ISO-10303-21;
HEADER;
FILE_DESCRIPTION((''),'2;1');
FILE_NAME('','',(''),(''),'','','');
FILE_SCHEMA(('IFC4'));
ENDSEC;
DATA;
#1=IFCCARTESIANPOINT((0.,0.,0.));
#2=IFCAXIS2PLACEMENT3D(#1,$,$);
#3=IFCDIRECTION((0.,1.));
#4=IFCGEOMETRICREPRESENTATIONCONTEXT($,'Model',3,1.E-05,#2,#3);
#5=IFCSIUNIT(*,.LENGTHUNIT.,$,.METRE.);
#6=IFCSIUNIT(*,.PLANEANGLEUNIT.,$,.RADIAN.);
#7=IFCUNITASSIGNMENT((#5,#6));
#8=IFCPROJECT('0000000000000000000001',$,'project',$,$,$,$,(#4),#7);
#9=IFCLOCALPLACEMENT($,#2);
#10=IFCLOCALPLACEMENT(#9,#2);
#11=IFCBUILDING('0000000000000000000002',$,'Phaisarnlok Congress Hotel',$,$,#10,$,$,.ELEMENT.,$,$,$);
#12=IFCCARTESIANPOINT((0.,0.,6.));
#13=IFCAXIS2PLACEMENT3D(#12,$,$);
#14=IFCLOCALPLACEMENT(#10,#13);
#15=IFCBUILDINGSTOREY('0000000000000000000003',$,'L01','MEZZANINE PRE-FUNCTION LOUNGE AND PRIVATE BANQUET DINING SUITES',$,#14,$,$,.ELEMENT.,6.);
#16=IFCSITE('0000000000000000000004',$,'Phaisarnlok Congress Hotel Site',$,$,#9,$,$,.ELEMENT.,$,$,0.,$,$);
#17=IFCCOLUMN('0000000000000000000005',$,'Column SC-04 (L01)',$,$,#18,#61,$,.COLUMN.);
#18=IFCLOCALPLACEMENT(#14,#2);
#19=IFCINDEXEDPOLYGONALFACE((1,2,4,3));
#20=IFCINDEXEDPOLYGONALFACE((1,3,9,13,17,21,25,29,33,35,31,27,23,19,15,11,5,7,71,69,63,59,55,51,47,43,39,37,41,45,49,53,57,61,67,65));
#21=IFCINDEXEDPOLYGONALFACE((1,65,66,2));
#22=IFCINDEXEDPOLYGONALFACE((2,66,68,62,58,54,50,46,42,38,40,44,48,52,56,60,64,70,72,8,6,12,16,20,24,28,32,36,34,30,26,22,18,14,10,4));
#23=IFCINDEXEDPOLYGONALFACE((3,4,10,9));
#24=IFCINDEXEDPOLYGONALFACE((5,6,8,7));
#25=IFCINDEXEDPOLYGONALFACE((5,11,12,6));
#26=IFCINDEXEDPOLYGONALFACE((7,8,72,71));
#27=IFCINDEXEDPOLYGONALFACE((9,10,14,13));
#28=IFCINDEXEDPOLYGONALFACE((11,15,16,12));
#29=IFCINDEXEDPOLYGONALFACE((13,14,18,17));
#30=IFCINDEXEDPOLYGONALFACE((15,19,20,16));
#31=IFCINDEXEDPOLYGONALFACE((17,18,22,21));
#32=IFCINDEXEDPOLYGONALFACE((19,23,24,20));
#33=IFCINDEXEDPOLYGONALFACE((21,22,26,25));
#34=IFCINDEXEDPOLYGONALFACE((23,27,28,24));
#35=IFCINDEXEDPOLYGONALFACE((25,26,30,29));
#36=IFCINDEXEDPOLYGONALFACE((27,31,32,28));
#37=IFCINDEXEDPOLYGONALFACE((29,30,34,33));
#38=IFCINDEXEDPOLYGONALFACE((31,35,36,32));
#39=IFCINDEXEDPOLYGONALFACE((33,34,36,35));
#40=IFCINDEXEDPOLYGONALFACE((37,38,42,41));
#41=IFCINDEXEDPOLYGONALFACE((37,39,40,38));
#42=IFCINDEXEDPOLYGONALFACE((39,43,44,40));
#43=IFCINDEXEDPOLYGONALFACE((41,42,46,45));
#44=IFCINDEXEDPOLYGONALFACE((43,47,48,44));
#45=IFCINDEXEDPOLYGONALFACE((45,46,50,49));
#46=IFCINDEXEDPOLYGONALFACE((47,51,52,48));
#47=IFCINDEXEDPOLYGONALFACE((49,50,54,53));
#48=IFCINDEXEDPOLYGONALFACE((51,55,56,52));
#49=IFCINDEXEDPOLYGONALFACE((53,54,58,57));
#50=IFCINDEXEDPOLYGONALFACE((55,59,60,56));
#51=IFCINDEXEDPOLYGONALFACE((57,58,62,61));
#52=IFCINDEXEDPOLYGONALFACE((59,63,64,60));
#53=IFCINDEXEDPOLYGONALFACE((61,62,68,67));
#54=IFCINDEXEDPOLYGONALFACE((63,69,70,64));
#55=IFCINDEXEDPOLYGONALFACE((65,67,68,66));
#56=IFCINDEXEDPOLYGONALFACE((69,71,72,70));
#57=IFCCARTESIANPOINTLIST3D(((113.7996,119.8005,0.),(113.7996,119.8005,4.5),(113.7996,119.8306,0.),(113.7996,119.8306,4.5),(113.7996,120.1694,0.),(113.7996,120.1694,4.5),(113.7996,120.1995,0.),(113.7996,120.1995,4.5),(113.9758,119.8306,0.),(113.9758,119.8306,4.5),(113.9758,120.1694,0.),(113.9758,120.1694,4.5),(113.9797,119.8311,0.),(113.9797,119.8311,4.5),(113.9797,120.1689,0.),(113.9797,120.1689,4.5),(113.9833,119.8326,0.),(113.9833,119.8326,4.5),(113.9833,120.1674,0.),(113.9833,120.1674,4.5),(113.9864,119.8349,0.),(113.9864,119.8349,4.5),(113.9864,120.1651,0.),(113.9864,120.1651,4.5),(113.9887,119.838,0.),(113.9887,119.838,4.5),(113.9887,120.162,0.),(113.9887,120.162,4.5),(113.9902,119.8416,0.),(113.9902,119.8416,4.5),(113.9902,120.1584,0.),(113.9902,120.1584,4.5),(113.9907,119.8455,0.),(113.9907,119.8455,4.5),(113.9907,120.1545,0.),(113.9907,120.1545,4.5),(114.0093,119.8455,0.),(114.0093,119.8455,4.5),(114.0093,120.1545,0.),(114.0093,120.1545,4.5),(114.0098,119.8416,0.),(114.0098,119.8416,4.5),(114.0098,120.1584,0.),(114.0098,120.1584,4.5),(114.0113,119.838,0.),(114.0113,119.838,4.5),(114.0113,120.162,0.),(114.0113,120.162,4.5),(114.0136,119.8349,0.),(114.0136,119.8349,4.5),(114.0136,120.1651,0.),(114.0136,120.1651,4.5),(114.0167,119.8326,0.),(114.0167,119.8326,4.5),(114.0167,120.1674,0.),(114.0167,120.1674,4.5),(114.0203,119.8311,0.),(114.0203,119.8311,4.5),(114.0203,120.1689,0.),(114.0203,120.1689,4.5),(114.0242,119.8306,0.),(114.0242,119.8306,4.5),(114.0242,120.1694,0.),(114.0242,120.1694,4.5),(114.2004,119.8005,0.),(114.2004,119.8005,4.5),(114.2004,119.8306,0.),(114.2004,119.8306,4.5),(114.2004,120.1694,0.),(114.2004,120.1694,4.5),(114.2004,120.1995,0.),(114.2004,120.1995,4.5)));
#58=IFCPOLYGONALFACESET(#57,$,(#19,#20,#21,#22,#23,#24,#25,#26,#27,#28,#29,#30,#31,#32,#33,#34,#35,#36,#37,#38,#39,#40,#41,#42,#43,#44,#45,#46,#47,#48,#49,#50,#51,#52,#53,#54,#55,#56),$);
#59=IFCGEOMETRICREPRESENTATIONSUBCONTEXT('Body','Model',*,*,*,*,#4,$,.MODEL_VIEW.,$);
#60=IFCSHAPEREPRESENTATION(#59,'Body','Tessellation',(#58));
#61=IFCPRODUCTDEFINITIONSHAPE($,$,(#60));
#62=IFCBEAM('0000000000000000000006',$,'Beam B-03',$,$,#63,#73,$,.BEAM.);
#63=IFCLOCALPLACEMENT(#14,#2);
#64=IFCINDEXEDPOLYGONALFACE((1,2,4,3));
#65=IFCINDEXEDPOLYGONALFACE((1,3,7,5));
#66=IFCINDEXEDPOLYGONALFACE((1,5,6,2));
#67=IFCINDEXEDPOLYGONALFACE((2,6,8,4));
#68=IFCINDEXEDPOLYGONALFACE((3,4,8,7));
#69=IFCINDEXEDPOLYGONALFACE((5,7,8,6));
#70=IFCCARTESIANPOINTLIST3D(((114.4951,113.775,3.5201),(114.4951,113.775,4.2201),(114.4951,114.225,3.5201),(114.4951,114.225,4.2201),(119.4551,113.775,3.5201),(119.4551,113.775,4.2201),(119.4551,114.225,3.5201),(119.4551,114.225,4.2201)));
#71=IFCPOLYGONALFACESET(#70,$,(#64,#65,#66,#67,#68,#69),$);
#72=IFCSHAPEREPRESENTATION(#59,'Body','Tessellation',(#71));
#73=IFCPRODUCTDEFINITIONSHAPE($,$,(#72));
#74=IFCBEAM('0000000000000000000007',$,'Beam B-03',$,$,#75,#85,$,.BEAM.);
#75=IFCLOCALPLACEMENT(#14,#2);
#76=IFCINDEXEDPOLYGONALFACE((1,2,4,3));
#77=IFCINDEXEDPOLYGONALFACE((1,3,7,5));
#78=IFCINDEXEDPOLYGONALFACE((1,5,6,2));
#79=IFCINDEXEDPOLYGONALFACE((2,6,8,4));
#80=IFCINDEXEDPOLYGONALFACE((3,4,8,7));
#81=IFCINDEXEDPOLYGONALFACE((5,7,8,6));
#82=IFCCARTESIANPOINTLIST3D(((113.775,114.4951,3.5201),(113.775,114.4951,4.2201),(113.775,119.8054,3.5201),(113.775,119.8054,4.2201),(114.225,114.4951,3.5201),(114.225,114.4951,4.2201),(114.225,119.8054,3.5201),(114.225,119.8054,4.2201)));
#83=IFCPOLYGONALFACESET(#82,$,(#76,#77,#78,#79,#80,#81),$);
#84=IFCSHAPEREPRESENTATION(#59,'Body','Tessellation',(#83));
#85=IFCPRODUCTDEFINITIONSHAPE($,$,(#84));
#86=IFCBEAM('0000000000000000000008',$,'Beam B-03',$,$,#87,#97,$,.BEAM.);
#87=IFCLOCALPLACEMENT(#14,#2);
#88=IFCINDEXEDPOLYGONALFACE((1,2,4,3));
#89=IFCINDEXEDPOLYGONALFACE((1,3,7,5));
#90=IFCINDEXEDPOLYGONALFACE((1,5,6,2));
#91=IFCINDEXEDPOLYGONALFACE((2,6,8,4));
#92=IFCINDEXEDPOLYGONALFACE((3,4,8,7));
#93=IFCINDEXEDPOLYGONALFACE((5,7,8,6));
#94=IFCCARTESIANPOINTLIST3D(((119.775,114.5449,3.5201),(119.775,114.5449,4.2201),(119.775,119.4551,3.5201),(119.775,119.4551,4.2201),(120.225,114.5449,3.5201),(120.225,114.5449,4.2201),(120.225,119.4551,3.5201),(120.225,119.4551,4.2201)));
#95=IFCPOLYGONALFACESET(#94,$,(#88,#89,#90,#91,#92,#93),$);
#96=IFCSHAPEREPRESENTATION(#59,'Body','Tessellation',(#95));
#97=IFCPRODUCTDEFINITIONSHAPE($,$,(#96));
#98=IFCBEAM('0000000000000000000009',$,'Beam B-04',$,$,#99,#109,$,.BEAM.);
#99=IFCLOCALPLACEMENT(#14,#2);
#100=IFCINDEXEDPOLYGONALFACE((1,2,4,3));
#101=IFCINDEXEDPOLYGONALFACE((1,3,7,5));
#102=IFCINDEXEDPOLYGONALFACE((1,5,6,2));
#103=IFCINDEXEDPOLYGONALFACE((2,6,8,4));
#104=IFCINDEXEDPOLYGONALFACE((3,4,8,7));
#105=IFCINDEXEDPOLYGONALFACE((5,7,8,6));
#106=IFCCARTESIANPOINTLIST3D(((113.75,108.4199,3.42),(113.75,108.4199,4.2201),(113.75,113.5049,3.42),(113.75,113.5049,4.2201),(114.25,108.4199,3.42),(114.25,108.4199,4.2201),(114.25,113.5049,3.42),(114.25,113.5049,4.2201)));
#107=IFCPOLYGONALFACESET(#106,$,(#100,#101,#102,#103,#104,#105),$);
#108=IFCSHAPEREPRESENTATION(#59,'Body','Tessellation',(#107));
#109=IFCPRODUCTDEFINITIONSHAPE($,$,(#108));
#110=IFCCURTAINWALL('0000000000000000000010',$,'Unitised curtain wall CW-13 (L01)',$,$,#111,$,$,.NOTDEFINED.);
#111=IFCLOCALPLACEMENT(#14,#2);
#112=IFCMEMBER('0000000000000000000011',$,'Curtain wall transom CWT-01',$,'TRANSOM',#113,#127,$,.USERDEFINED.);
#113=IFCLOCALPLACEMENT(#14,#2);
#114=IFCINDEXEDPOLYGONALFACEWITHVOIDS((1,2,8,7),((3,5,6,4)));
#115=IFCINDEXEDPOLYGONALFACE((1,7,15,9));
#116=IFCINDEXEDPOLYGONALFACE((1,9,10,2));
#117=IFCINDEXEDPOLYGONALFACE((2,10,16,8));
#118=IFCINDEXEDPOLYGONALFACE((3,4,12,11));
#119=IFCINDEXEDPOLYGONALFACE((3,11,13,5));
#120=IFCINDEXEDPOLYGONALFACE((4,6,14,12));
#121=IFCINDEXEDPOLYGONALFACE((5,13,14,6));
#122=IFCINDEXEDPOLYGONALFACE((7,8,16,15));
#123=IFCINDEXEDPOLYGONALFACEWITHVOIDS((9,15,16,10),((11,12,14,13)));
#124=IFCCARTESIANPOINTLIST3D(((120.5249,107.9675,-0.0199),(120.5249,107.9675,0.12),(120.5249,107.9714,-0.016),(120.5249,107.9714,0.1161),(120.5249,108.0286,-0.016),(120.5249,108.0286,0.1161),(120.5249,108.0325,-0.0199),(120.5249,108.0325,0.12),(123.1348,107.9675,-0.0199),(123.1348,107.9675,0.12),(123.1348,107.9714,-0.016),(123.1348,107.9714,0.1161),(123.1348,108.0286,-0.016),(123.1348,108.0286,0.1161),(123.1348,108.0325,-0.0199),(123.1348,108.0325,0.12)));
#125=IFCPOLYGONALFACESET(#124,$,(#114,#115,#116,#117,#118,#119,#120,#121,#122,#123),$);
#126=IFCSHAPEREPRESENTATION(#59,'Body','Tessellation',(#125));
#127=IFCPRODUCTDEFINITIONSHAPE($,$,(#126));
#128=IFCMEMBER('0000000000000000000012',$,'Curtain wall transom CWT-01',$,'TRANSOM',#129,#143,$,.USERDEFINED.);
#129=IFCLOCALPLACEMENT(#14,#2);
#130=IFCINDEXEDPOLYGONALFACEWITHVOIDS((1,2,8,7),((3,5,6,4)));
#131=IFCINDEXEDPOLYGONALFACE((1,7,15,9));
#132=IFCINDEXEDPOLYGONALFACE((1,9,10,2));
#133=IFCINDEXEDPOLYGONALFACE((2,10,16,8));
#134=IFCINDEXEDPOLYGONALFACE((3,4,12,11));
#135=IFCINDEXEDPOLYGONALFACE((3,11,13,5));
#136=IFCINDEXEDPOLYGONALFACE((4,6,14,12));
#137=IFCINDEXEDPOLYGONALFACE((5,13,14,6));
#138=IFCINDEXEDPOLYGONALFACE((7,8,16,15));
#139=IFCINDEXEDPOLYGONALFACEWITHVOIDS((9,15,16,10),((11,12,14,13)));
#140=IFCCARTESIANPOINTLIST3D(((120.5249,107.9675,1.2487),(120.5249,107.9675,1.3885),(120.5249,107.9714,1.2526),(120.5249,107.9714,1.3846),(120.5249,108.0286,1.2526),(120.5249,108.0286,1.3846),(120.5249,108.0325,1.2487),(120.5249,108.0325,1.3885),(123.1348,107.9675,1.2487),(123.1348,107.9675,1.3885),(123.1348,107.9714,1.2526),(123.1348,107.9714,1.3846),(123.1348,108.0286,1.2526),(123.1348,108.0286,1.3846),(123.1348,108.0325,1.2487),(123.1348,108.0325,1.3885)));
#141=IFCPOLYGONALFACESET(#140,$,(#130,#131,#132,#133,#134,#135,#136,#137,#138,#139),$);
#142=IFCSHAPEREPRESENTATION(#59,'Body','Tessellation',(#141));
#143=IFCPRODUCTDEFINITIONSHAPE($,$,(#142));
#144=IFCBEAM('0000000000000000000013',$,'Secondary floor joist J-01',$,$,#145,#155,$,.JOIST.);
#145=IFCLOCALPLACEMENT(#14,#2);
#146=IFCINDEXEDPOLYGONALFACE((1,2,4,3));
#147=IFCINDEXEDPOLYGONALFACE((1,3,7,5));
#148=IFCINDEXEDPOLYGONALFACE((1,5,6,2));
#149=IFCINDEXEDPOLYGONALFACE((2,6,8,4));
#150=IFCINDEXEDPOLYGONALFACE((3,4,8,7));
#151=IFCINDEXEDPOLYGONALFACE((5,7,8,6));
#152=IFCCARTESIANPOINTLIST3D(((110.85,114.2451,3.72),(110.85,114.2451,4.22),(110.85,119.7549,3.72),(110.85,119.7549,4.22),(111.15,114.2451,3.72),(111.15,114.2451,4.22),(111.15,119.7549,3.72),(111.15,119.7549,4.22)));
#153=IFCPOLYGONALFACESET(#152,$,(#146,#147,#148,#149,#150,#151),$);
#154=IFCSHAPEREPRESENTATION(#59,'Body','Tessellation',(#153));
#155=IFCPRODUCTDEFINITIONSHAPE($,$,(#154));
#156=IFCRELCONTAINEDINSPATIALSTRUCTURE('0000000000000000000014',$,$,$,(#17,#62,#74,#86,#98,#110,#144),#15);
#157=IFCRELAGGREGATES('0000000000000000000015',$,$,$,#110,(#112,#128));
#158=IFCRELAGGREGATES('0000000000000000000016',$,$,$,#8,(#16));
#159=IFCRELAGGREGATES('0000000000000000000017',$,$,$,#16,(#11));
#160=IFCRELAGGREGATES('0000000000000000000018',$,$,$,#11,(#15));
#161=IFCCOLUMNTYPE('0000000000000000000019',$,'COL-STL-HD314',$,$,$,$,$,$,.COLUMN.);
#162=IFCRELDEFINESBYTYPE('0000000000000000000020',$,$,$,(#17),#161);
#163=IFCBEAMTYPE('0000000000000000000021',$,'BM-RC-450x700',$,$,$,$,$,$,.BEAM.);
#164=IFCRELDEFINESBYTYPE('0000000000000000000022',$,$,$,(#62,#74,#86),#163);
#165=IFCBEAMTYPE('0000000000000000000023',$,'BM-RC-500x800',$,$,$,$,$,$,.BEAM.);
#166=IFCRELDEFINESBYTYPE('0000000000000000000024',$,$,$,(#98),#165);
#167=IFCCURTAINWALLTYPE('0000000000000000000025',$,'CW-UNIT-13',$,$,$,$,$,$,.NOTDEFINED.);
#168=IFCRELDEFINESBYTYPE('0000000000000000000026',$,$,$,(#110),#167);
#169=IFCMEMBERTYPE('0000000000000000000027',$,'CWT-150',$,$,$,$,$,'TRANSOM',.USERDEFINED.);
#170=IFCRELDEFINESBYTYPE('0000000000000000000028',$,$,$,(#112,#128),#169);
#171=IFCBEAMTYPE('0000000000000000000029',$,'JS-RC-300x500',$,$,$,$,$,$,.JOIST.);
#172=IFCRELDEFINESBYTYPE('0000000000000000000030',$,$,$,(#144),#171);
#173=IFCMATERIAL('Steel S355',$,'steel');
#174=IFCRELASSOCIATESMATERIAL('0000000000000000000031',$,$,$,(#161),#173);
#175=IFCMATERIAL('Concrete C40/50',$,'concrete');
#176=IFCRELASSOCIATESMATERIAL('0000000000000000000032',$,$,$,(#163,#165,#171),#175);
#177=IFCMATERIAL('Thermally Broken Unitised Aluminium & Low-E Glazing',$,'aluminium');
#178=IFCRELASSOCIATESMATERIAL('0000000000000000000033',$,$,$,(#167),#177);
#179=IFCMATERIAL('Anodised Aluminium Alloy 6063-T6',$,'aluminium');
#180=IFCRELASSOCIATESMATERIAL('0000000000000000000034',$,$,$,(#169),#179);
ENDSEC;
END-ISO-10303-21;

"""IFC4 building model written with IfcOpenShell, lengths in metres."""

from ifc_helpers import new_model, si_unit, direction, frame, origin, origin_2d, place, context, subcontext, project, spatial, rectangle, hollow_rectangle, i_section, extrude, material, material_profile, profile_set, type_object, element, aggregate, save


model = new_model("IFC4")

# Units and contexts
model_context = context("Model", 3, precision=1e-05, world=origin(), true_north=direction((0.0, 1.0)))
body_context = subcontext(model_context, "Body", "Model", "MODEL_VIEW")
ifc_project = project(units=[si_unit("LENGTHUNIT", "METRE"), si_unit("PLANEANGLEUNIT", "RADIAN")], contexts=[model_context])

# Site, building, storey
site_placement = place(None, origin())
site = spatial("IfcSite", under=ifc_project, at=site_placement, Name="Phaisarnlok Congress Hotel Site", CompositionType="ELEMENT", RefElevation=0.0)
building_placement = place(site_placement, origin())
building = spatial("IfcBuilding", under=site, at=building_placement, Name="Phaisarnlok Congress Hotel", CompositionType="ELEMENT")
storey_placement = place(building_placement, frame((0.0, 0.0, 6.0)))
storey = spatial("IfcBuildingStorey", under=building, at=storey_placement, Name="L01", Description="MEZZANINE PRE-FUNCTION LOUNGE AND PRIVATE BANQUET DINING SUITES", CompositionType="ELEMENT", Elevation=6.0)

# Column
ifc_material_1 = material(Name="Steel S355", Category="steel")
ifc_material_profile_1 = material_profile(ifc_material_1, i_section(OverallWidth=0.4009, OverallDepth=0.3989, WebThickness=0.0186, FlangeThickness=0.03, FilletRadius=0.0149, at=origin_2d()), Name="HD 400x314")
ifc_profile_set_1 = profile_set([ifc_material_profile_1], Name="Steel S355")
column_type_1 = type_object("IfcColumnType", Name="COL-STL-HD314", PredefinedType="COLUMN", material=ifc_profile_set_1)
column_1_placement = place(storey_placement, frame((114.0, 120.0, 0.0), z_axis=(0.0, 0.0, 1.0), x_axis=(1.0, 0.0, 0.0)))
element("IfcColumn", 1, at=column_1_placement, inside=storey, type_object=column_type_1, Name="Column SC-04 (L01)", PredefinedType="COLUMN", context=body_context, shape_type="SweptSolid", body=[
    extrude(i_section(OverallWidth=0.4009, OverallDepth=0.3989, WebThickness=0.0186, FlangeThickness=0.03, FilletRadius=0.0149, at=origin_2d()), origin(), (0.0, 0.0, 1.0), 4.5),
])

# Beams
ifc_material_2 = material(Name="Concrete C40/50", Category="concrete")
ifc_material_profile_2 = material_profile(ifc_material_2, rectangle(XDim=0.45, YDim=0.7, at=origin_2d()), Name="RC 450x700")
ifc_profile_set_2 = profile_set([ifc_material_profile_2], Name="Concrete C40/50")
beam_type_1 = type_object("IfcBeamType", Name="BM-RC-450x700", PredefinedType="BEAM", material=ifc_profile_set_2)
beam_1_placement = place(storey_placement, frame((114.4951, 114.0, 3.8701), z_axis=(1.0, 0.0, 0.0), x_axis=(0.0, 1.0, 0.0)))
element("IfcBeam", 2, at=beam_1_placement, inside=storey, type_object=beam_type_1, Name="Beam B-03", PredefinedType="BEAM", context=body_context, shape_type="SweptSolid", body=[
    extrude(rectangle(XDim=0.45, YDim=0.7, at=origin_2d()), origin(), (0.0, 0.0, 1.0), 4.96),
])
beam_2_placement = place(storey_placement, frame((114.0, 114.4951, 3.8701), z_axis=(0.0, 1.0, 0.0), x_axis=(-1.0, 0.0, 0.0)))
element("IfcBeam", 3, at=beam_2_placement, inside=storey, type_object=beam_type_1, Name="Beam B-03", PredefinedType="BEAM", context=body_context, shape_type="SweptSolid", body=[
    extrude(rectangle(XDim=0.45, YDim=0.7, at=origin_2d()), origin(), (0.0, 0.0, 1.0), 5.3103),
])
beam_3_placement = place(storey_placement, frame((120.0, 114.5449, 3.8701), z_axis=(0.0, 1.0, 0.0), x_axis=(-1.0, 0.0, 0.0)))
element("IfcBeam", 4, at=beam_3_placement, inside=storey, type_object=beam_type_1, Name="Beam B-03", PredefinedType="BEAM", context=body_context, shape_type="SweptSolid", body=[
    extrude(rectangle(XDim=0.45, YDim=0.7, at=origin_2d()), origin(), (0.0, 0.0, 1.0), 4.9102),
])
ifc_material_profile_3 = material_profile(ifc_material_2, rectangle(XDim=0.5, YDim=0.8, at=origin_2d()), Name="RC 500x800")
ifc_profile_set_3 = profile_set([ifc_material_profile_3], Name="Concrete C40/50")
beam_type_2 = type_object("IfcBeamType", Name="BM-RC-500x800", PredefinedType="BEAM", material=ifc_profile_set_3)
beam_4_placement = place(storey_placement, frame((114.0, 108.4199, 3.8201), z_axis=(0.0, 1.0, 0.0), x_axis=(-1.0, 0.0, 0.0)))
element("IfcBeam", 5, at=beam_4_placement, inside=storey, type_object=beam_type_2, Name="Beam B-04", PredefinedType="BEAM", context=body_context, shape_type="SweptSolid", body=[
    extrude(rectangle(XDim=0.5, YDim=0.8, at=origin_2d()), origin(), (0.0, 0.0, 1.0), 5.085),
])

# Curtain wall, members
ifc_material_3 = material(Name="Thermally Broken Unitised Aluminium & Low-E Glazing", Category="aluminium")
curtain_wall_type = type_object("IfcCurtainWallType", Name="CW-UNIT-13", PredefinedType="NOTDEFINED", material=ifc_material_3)
curtain_wall_placement = place(storey_placement, origin())
curtain_wall = element("IfcCurtainWall", 6, at=curtain_wall_placement, inside=storey, type_object=curtain_wall_type, Name="Unitised curtain wall CW-13 (L01)", PredefinedType="NOTDEFINED")
ifc_material_4 = material(Name="Anodised Aluminium Alloy 6063-T6", Category="aluminium")
ifc_material_profile_4 = material_profile(ifc_material_4, hollow_rectangle(XDim=0.0649, YDim=0.1399, WallThickness=0.0039, at=origin_2d()), Name="ALU-T 65x140x4")
ifc_profile_set_4 = profile_set([ifc_material_profile_4], Name="Anodised Aluminium Alloy 6063-T6")
member_type = type_object("IfcMemberType", Name="CWT-150", ElementType="TRANSOM", PredefinedType="USERDEFINED", material=ifc_profile_set_4)
member_1_placement = place(storey_placement, frame((120.5249, 108.0, 0.05), z_axis=(1.0, 0.0, 0.0), x_axis=(0.0, 1.0, 0.0)))
member_1 = element("IfcMember", 7, at=member_1_placement, type_object=member_type, Name="Curtain wall transom CWT-01", ObjectType="TRANSOM", PredefinedType="USERDEFINED", context=body_context, shape_type="SweptSolid", body=[
    extrude(hollow_rectangle(XDim=0.0649, YDim=0.1399, WallThickness=0.0039, at=origin_2d()), origin(), (0.0, 0.0, 1.0), 2.6099),
])
member_2_placement = place(storey_placement, frame((120.5249, 108.0, 1.3186), z_axis=(1.0, 0.0, 0.0), x_axis=(0.0, 1.0, 0.0)))
member_2 = element("IfcMember", 8, at=member_2_placement, type_object=member_type, Name="Curtain wall transom CWT-01", ObjectType="TRANSOM", PredefinedType="USERDEFINED", context=body_context, shape_type="SweptSolid", body=[
    extrude(hollow_rectangle(XDim=0.0649, YDim=0.1399, WallThickness=0.0039, at=origin_2d()), origin(), (0.0, 0.0, 1.0), 2.6099),
])
aggregate(curtain_wall, [member_1, member_2])

# Beam
ifc_material_profile_5 = material_profile(ifc_material_2, rectangle(XDim=0.3, YDim=0.5, at=origin_2d()), Name="RC 300x500")
ifc_profile_set_5 = profile_set([ifc_material_profile_5], Name="Concrete C40/50")
beam_type_3 = type_object("IfcBeamType", Name="JS-RC-300x500", PredefinedType="JOIST", material=ifc_profile_set_5)
beam_5_placement = place(storey_placement, frame((111.0, 114.2451, 3.97), z_axis=(0.0, 1.0, 0.0), x_axis=(-1.0, 0.0, 0.0)))
element("IfcBeam", 9, at=beam_5_placement, inside=storey, type_object=beam_type_3, Name="Secondary floor joist J-01", PredefinedType="JOIST", context=body_context, shape_type="SweptSolid", body=[
    extrude(rectangle(XDim=0.3, YDim=0.5, at=origin_2d()), origin(), (0.0, 0.0, 1.0), 5.5098),
])

save(model, "model.ifc")
